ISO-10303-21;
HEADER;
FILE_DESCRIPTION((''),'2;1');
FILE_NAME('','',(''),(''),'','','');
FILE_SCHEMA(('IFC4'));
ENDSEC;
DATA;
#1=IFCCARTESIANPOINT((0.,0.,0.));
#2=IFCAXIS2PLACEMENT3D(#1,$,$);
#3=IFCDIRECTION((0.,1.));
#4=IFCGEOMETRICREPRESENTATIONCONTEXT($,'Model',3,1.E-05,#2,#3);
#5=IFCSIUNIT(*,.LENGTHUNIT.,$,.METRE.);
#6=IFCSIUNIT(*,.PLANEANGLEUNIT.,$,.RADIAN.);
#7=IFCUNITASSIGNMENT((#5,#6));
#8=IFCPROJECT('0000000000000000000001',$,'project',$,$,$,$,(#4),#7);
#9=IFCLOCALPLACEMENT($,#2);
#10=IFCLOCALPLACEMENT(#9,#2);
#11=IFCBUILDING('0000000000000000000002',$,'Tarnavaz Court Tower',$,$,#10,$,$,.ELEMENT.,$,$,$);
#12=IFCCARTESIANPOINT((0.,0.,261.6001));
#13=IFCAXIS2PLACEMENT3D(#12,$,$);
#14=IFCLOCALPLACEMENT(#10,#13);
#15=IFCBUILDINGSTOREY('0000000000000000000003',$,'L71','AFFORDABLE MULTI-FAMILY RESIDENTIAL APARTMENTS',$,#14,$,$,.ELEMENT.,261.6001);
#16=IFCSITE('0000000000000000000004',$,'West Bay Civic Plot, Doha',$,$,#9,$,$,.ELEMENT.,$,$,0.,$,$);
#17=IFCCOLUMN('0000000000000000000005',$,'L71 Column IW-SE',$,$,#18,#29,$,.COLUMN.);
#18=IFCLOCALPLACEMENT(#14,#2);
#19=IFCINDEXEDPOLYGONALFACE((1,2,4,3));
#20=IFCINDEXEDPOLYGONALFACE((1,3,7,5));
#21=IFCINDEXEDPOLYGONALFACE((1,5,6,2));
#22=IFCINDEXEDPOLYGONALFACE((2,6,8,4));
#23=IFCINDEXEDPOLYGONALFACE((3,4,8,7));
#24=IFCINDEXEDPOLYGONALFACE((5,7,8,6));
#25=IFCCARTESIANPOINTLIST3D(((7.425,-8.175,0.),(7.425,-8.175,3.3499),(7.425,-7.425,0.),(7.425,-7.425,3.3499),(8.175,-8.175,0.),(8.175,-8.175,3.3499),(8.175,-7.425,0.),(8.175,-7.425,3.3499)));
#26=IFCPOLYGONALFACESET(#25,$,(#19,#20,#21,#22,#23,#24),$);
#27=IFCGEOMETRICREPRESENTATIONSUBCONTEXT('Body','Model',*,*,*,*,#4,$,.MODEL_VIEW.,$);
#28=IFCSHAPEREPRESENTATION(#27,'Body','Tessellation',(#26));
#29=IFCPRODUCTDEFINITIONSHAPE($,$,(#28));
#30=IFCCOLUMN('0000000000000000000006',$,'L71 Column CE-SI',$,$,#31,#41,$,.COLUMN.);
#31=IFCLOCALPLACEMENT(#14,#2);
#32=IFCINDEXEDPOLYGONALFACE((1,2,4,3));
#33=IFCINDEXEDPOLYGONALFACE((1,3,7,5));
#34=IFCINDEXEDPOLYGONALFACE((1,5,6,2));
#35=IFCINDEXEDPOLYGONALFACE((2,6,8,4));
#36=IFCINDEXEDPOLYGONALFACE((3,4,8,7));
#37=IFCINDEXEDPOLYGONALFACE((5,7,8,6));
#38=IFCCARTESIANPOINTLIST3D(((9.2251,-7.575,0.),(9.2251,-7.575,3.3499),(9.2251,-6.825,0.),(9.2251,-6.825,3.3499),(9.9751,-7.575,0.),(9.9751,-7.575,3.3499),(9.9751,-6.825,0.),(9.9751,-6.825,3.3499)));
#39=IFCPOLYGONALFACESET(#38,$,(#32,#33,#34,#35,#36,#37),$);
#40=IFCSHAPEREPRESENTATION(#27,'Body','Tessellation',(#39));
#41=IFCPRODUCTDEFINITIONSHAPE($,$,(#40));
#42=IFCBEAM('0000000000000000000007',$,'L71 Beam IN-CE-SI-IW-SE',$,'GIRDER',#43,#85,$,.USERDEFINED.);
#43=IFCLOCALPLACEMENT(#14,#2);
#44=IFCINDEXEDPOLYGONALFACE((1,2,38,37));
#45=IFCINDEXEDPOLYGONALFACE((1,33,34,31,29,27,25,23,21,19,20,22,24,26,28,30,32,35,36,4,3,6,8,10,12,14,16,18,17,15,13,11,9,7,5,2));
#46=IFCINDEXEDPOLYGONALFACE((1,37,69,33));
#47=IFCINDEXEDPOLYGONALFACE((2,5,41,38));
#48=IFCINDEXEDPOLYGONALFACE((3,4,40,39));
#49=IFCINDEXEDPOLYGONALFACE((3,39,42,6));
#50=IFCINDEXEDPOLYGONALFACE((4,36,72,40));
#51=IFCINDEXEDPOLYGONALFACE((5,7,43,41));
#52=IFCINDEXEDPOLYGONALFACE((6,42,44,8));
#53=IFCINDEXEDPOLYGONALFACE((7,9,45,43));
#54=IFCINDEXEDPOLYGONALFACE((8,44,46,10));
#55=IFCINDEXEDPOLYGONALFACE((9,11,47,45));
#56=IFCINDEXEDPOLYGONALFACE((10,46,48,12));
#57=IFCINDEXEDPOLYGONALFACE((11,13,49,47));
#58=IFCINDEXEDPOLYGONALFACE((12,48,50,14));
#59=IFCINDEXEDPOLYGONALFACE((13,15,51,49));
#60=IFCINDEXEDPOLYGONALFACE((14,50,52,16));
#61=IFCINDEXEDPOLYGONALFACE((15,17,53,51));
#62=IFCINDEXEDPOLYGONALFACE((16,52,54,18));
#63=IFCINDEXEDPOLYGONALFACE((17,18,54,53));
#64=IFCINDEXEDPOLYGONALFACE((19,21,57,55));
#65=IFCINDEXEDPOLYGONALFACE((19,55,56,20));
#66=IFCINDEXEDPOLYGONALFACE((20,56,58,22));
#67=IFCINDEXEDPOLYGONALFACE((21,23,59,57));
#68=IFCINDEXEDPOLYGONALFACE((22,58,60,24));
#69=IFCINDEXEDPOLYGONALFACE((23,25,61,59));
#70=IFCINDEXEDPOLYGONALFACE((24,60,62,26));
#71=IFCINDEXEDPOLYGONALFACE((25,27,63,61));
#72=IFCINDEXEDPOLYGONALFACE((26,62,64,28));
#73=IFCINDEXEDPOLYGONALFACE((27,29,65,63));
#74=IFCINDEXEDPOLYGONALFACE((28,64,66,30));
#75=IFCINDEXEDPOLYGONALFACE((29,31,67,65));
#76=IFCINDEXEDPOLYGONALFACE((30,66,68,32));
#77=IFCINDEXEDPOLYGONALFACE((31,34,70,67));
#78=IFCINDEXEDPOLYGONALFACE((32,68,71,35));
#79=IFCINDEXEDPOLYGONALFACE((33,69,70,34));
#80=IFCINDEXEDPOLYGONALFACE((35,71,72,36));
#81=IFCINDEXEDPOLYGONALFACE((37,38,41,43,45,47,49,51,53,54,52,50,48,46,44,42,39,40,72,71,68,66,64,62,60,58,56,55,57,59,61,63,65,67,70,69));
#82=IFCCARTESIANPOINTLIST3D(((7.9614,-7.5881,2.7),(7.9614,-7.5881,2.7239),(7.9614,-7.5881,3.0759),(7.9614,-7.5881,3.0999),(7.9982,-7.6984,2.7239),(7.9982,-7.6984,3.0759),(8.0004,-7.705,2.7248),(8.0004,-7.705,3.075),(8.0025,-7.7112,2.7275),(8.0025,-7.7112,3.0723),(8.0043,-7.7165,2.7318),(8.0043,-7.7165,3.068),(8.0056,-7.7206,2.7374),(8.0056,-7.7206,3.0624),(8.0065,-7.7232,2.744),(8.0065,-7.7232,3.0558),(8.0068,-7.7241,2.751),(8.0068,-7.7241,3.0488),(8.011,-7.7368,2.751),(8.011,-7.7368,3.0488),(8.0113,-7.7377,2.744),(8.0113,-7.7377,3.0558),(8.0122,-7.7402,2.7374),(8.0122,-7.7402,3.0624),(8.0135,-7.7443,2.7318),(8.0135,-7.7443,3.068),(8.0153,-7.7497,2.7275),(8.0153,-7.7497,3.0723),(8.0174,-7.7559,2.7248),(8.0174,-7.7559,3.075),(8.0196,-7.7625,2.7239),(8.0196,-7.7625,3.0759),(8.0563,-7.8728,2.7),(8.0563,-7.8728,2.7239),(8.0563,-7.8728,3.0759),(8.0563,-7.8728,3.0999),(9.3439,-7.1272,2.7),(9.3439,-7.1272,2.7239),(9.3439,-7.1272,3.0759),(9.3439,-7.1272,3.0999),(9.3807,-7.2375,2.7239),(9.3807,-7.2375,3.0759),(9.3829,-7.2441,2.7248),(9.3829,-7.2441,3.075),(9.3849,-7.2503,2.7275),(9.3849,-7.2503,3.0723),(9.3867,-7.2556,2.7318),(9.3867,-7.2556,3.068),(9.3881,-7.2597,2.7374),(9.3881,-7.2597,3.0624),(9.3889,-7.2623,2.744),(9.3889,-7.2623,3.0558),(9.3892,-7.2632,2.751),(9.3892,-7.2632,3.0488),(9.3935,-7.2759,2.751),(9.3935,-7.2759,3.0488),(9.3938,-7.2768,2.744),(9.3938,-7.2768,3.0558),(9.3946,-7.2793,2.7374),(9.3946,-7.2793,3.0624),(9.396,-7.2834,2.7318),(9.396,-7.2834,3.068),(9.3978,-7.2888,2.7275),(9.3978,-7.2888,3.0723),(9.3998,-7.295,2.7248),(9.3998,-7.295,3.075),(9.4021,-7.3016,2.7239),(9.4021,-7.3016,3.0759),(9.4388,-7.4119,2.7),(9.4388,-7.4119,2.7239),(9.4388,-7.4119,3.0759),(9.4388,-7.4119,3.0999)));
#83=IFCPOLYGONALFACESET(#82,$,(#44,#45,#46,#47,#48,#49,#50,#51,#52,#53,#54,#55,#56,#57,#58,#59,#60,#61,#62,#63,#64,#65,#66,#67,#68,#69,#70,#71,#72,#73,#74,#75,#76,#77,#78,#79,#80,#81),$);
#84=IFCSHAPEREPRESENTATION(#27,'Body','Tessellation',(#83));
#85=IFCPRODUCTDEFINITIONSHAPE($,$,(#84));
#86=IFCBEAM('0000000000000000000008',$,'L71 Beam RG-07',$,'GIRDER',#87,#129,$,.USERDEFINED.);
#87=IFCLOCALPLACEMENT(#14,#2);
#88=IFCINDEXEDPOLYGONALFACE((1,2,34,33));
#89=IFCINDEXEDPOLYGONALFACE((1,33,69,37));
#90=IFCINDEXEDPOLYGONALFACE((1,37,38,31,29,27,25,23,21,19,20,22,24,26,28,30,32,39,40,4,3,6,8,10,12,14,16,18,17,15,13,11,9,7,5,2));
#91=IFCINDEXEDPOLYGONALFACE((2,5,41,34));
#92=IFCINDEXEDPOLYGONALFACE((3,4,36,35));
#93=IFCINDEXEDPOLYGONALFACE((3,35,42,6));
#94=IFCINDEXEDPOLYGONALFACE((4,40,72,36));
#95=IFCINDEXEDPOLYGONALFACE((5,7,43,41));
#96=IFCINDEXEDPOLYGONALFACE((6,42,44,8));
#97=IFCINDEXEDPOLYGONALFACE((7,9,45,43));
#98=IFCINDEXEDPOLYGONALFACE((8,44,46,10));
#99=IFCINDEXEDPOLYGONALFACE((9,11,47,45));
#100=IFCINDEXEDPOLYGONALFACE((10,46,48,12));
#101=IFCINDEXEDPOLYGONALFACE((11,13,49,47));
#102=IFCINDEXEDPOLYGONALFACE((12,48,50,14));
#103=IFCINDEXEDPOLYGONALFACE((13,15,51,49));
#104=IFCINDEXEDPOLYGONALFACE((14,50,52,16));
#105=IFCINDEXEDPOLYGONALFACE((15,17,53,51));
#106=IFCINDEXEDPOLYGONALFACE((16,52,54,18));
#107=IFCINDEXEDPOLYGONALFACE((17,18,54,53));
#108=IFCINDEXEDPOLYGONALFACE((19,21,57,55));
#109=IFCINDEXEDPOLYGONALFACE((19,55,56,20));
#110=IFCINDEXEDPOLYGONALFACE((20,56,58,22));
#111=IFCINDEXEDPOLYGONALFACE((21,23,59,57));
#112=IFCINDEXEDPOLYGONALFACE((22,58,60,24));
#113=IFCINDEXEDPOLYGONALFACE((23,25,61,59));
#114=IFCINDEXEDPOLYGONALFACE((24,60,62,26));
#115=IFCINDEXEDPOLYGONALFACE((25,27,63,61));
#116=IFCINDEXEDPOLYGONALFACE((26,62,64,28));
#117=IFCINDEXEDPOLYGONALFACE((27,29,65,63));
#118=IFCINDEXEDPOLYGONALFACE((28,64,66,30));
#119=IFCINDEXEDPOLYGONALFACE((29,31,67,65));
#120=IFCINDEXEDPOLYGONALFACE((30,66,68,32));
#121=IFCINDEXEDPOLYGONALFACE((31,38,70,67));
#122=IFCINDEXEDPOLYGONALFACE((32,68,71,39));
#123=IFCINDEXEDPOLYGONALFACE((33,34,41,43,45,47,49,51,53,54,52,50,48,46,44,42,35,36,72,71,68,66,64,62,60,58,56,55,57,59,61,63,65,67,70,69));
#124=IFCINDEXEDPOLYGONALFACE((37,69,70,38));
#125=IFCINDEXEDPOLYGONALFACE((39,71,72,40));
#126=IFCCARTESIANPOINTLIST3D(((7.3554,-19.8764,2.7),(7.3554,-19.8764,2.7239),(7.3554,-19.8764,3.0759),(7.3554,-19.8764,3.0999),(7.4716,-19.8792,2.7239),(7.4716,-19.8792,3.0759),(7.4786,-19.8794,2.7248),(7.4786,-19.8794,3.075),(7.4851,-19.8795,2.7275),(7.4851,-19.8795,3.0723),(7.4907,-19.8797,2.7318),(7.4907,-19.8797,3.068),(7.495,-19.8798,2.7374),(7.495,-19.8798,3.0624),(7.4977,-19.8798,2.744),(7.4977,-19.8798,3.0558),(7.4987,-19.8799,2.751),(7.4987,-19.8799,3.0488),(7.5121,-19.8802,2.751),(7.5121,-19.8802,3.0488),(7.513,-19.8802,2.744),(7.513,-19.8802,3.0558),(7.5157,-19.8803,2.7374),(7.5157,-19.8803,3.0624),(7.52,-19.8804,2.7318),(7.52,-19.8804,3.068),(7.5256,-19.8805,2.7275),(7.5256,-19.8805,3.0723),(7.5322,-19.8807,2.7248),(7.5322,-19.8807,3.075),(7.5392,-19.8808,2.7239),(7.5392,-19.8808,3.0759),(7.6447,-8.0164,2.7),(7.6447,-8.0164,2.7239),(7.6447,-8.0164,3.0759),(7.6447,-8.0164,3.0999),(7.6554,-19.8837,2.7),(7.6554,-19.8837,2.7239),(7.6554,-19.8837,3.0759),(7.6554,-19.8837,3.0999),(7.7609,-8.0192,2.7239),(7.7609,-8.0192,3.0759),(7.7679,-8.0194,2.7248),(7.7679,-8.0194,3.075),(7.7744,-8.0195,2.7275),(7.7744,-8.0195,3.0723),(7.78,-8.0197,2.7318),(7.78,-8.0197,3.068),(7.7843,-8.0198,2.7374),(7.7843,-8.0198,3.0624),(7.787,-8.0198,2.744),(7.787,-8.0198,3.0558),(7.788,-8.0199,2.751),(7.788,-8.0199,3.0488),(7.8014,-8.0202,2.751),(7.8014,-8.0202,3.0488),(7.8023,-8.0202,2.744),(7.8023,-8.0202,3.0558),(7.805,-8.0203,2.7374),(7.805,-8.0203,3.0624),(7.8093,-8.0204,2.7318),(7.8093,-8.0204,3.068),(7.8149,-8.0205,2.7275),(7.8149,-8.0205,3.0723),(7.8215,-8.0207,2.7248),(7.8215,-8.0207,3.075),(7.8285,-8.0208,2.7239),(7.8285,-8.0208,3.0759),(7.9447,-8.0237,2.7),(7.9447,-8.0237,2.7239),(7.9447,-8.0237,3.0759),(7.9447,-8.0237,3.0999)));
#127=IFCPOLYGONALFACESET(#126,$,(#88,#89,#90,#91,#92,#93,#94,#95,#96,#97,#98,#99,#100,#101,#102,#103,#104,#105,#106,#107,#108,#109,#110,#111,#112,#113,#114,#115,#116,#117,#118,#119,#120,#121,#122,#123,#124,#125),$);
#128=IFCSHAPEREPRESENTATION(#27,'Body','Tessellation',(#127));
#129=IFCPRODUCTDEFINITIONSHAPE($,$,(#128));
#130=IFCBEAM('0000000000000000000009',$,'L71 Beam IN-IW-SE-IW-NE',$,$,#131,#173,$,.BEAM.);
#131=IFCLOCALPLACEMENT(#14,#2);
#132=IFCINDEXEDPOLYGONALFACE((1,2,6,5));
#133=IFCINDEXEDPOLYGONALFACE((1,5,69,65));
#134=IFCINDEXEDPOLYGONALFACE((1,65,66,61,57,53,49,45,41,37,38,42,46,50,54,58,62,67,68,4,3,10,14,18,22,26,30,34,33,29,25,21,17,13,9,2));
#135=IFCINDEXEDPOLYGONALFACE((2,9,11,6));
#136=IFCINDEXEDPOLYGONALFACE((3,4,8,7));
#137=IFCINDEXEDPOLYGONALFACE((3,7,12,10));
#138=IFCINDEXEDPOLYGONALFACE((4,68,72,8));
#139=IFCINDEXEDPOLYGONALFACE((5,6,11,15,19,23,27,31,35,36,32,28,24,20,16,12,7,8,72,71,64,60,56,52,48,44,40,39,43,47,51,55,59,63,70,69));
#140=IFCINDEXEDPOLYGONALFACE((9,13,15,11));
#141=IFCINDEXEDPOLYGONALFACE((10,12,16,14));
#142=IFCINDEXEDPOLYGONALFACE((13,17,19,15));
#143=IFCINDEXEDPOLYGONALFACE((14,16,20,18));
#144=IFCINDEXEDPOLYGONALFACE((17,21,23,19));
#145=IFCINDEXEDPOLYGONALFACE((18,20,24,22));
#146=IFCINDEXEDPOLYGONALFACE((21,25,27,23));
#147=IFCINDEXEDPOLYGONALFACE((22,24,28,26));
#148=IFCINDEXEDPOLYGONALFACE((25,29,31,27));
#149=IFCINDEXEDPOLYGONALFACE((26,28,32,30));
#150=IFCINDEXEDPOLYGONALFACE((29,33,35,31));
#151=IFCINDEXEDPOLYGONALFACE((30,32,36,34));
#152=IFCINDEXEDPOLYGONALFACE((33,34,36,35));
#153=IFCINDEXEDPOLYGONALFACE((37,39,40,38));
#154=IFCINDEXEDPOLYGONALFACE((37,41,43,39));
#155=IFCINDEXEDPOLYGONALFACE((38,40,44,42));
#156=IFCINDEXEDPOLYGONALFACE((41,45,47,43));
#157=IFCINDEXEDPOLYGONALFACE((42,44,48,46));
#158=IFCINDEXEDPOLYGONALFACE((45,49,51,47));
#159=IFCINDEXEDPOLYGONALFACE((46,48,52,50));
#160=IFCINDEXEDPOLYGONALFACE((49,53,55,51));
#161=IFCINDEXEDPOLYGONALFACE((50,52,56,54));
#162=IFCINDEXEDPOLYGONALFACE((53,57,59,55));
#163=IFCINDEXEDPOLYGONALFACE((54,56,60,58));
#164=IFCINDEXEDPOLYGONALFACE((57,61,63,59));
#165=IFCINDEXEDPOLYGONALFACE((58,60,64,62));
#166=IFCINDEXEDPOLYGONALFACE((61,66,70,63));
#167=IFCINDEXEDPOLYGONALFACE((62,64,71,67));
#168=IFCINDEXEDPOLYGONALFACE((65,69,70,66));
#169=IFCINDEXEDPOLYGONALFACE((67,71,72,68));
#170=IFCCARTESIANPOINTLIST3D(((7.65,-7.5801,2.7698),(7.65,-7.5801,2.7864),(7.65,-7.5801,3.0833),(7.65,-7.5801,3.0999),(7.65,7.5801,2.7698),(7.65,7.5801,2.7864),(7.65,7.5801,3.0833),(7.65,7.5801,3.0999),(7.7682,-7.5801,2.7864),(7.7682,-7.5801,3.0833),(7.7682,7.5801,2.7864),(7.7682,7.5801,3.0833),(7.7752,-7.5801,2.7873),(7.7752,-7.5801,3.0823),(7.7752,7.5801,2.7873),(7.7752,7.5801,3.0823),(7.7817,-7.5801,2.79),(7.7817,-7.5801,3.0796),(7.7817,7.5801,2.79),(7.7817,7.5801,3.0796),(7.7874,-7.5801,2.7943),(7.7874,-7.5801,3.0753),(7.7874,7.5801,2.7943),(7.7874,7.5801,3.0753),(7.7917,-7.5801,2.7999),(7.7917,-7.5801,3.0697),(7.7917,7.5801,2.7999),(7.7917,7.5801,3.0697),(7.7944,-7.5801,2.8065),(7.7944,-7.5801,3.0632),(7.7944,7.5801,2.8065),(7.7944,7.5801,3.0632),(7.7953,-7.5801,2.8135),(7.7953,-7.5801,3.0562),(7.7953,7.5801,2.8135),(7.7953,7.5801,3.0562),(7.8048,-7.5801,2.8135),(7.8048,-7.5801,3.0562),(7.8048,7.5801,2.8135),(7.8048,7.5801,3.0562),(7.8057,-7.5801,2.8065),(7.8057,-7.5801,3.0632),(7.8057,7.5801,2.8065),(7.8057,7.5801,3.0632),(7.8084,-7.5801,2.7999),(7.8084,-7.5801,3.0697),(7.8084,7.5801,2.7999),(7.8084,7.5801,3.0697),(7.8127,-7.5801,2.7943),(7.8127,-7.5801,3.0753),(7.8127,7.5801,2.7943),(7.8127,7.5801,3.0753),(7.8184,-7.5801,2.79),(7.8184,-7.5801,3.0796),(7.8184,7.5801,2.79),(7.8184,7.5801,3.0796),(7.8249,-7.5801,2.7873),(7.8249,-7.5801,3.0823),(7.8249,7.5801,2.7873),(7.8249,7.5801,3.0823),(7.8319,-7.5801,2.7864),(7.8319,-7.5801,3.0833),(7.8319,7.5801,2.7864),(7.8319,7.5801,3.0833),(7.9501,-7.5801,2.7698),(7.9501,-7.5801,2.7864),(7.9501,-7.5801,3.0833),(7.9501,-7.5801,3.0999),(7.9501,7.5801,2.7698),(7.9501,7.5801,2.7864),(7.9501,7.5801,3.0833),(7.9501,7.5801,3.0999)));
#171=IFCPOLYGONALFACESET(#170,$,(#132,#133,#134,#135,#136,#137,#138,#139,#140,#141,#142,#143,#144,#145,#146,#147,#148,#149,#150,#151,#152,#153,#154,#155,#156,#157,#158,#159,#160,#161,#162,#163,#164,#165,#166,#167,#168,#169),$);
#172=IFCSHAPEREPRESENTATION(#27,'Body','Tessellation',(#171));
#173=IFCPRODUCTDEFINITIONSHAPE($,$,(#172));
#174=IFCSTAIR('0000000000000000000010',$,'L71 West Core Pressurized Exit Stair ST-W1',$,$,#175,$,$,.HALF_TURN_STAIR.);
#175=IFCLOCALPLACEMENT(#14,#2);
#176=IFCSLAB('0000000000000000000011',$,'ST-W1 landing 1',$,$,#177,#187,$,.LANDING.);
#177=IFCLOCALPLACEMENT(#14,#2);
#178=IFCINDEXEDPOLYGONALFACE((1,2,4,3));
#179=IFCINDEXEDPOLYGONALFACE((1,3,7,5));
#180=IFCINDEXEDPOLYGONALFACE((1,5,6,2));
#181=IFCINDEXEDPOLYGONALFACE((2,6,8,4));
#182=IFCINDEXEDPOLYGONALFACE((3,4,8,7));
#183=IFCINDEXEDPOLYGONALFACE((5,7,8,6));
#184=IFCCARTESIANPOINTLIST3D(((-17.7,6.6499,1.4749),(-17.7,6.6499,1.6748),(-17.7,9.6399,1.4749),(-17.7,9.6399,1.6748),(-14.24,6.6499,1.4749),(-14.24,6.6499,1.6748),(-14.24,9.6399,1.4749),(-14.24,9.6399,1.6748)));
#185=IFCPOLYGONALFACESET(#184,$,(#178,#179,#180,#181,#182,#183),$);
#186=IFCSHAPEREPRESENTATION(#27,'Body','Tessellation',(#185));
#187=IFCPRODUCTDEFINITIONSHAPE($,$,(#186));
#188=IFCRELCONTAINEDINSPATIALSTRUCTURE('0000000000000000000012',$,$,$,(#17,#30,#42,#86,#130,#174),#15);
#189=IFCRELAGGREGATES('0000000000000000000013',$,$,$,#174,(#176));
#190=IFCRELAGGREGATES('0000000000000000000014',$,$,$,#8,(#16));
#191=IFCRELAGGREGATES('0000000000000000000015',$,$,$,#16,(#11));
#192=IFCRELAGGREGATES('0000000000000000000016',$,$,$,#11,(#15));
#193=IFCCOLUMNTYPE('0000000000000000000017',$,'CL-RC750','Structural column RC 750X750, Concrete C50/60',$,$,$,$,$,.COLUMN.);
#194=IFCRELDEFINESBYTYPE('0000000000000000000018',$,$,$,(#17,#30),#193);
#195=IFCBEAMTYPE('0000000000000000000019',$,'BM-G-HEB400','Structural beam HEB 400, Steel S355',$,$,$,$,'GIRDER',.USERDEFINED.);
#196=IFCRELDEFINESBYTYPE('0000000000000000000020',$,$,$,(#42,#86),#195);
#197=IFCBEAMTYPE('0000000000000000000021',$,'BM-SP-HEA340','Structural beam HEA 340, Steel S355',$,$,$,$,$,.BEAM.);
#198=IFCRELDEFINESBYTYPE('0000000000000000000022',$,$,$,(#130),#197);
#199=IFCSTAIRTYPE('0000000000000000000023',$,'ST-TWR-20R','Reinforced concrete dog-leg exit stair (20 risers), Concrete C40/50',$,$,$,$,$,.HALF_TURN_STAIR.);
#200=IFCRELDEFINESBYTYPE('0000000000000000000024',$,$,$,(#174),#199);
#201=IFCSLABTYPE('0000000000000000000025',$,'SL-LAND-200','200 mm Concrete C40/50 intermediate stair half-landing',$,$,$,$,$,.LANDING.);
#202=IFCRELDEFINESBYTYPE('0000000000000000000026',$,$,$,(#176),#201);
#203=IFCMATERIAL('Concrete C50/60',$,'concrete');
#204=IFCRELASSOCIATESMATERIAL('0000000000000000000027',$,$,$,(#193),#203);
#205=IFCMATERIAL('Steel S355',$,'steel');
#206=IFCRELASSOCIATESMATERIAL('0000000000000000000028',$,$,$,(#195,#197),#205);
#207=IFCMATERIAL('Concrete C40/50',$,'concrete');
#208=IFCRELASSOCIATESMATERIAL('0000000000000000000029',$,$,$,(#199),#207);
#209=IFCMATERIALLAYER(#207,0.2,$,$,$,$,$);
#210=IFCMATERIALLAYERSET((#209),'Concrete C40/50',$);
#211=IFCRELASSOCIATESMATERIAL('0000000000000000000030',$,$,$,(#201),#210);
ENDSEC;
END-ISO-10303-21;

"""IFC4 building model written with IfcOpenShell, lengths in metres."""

from ifc_helpers import new_model, si_unit, direction, frame, origin, origin_2d, place, context, subcontext, project, spatial, polyline, rectangle, i_section, outline, extrude, material, layer, layer_set, material_profile, profile_set, type_object, element, aggregate, save


model = new_model("IFC4")

# Units and contexts
model_context = context("Model", 3, precision=1e-05, world=origin(), true_north=direction((0.0, 1.0)))
body_context = subcontext(model_context, "Body", "Model", "MODEL_VIEW")
ifc_project = project(units=[si_unit("LENGTHUNIT", "METRE"), si_unit("PLANEANGLEUNIT", "RADIAN")], contexts=[model_context])

# Site, building, storey
site_placement = place(None, origin())
site = spatial("IfcSite", under=ifc_project, at=site_placement, Name="West Bay Civic Plot, Doha", CompositionType="ELEMENT", RefElevation=0.0)
building_placement = place(site_placement, origin())
building = spatial("IfcBuilding", under=site, at=building_placement, Name="Tarnavaz Court Tower", CompositionType="ELEMENT")
storey_placement = place(building_placement, frame((0.0, 0.0, 261.6001)))
storey = spatial("IfcBuildingStorey", under=building, at=storey_placement, Name="L71", Description="AFFORDABLE MULTI-FAMILY RESIDENTIAL APARTMENTS", CompositionType="ELEMENT", Elevation=261.6001)

# Columns
ifc_material_1 = material(Name="Concrete C50/60", Category="concrete")
ifc_material_profile_1 = material_profile(ifc_material_1, rectangle(XDim=0.75, YDim=0.75, at=origin_2d()), Name="RC 750X750")
ifc_profile_set_1 = profile_set([ifc_material_profile_1], Name="Concrete C50/60")
column_type = type_object("IfcColumnType", Name="CL-RC750", Description="Structural column RC 750X750, Concrete C50/60", PredefinedType="COLUMN", material=ifc_profile_set_1)
for number, where, z_axis, x_axis, name in (
    (1, (7.8, -7.8, 0.0), (0.0, 0.0, 1.0), (1.0, 0.0, 0.0), "L71 Column IW-SE"),
    (2, (9.6001, -7.2, 0.0), (0.0, 0.0, 1.0), (1.0, 0.0, 0.0), "L71 Column CE-SI"),
):
    element("IfcColumn", number, at=place(storey_placement, frame(where, z_axis=z_axis, x_axis=x_axis)), inside=storey, type_object=column_type, Name=name, PredefinedType="COLUMN", context=body_context, shape_type="SweptSolid", body=[
        extrude(rectangle(XDim=0.75, YDim=0.75, at=origin_2d()), origin(), (0.0, 0.0, 1.0), 3.3499),
    ])

# Beams
ifc_material_2 = material(Name="Steel S355", Category="steel")
ifc_material_profile_2 = material_profile(ifc_material_2, i_section(OverallWidth=0.3, OverallDepth=0.3999, WebThickness=0.0134, FlangeThickness=0.0239, FilletRadius=0.0271, at=origin_2d()), Name="HEB 400")
ifc_profile_set_2 = profile_set([ifc_material_profile_2], Name="Steel S355")
beam_type_1 = type_object("IfcBeamType", Name="BM-G-HEB400", Description="Structural beam HEB 400, Steel S355", ElementType="GIRDER", PredefinedType="USERDEFINED", material=ifc_profile_set_2)
beam_1_placement = place(storey_placement, frame((9.3914, -7.2695, 2.8999), z_axis=(-0.948667, -0.316278, 0.0), x_axis=(0.316278, -0.948667, 0.0)))
element("IfcBeam", 3, at=beam_1_placement, inside=storey, type_object=beam_type_1, Name="L71 Beam IN-CE-SI-IW-SE", ObjectType="GIRDER", PredefinedType="USERDEFINED", context=body_context, shape_type="SweptSolid", body=[
    extrude(i_section(OverallWidth=0.3, OverallDepth=0.3999, WebThickness=0.0134, FlangeThickness=0.0239, FilletRadius=0.0271, at=origin_2d()), origin(), (0.0, 0.0, 1.0), 1.4573),
])
beam_2_placement = place(storey_placement, frame((7.7947, -8.02, 2.8999), z_axis=(-0.024386, -0.999703, 0.0), x_axis=(0.999703, -0.024386, 0.0)))
element("IfcBeam", 4, at=beam_2_placement, inside=storey, type_object=beam_type_1, Name="L71 Beam RG-07", ObjectType="GIRDER", PredefinedType="USERDEFINED", context=body_context, shape_type="SweptSolid", body=[
    extrude(i_section(OverallWidth=0.3, OverallDepth=0.3999, WebThickness=0.0134, FlangeThickness=0.0239, FilletRadius=0.0271, at=origin_2d()), origin(), (0.0, 0.0, 1.0), 11.8635),
])
ifc_material_profile_3 = material_profile(ifc_material_2, i_section(OverallWidth=0.3, OverallDepth=0.3301, WebThickness=0.0095, FlangeThickness=0.0166, FilletRadius=0.0271, at=origin_2d()), Name="HEA 340")
ifc_profile_set_3 = profile_set([ifc_material_profile_3], Name="Steel S355")
beam_type_2 = type_object("IfcBeamType", Name="BM-SP-HEA340", Description="Structural beam HEA 340, Steel S355", PredefinedType="BEAM", material=ifc_profile_set_3)
beam_3_placement = place(storey_placement, frame((7.8, -7.5801, 2.9348), z_axis=(0.0, 1.0, 0.0), x_axis=(-1.0, 0.0, 0.0)))
element("IfcBeam", 5, at=beam_3_placement, inside=storey, type_object=beam_type_2, Name="L71 Beam IN-IW-SE-IW-NE", PredefinedType="BEAM", context=body_context, shape_type="SweptSolid", body=[
    extrude(i_section(OverallWidth=0.3, OverallDepth=0.3301, WebThickness=0.0095, FlangeThickness=0.0166, FilletRadius=0.0271, at=origin_2d()), origin(), (0.0, 0.0, 1.0), 15.1602),
])

# Stair, slab
ifc_material_3 = material(Name="Concrete C40/50", Category="concrete")
stair_type = type_object("IfcStairType", Name="ST-TWR-20R", Description="Reinforced concrete dog-leg exit stair (20 risers), Concrete C40/50", PredefinedType="HALF_TURN_STAIR", material=ifc_material_3)
stair_1_placement = place(storey_placement, origin())
stair_1 = element("IfcStair", 6, at=stair_1_placement, inside=storey, type_object=stair_type, Name="L71 West Core Pressurized Exit Stair ST-W1", PredefinedType="HALF_TURN_STAIR")
ifc_layer_1 = layer(ifc_material_3, 0.2)
ifc_layer_set_1 = layer_set([ifc_layer_1], Name="Concrete C40/50")
slab_type_1 = type_object("IfcSlabType", Name="SL-LAND-200", Description="200 mm Concrete C40/50 intermediate stair half-landing", PredefinedType="LANDING", material=ifc_layer_set_1)
slab_1_placement = place(storey_placement, frame((0.0, 0.0, 1.4749)))
slab_1 = element("IfcSlab", 7, at=slab_1_placement, type_object=slab_type_1, Name="ST-W1 landing 1", PredefinedType="LANDING", context=body_context, shape_type="SweptSolid", body=[
    extrude(outline(polyline([(-14.24, 9.6399), (-17.7, 9.6399), (-17.7, 6.6499), (-14.24, 6.6499), (-14.24, 9.6399)])), origin(), (0.0, 0.0, 1.0), 0.2),
])
aggregate(stair_1, [slab_1])

save(model, "model.ifc")
